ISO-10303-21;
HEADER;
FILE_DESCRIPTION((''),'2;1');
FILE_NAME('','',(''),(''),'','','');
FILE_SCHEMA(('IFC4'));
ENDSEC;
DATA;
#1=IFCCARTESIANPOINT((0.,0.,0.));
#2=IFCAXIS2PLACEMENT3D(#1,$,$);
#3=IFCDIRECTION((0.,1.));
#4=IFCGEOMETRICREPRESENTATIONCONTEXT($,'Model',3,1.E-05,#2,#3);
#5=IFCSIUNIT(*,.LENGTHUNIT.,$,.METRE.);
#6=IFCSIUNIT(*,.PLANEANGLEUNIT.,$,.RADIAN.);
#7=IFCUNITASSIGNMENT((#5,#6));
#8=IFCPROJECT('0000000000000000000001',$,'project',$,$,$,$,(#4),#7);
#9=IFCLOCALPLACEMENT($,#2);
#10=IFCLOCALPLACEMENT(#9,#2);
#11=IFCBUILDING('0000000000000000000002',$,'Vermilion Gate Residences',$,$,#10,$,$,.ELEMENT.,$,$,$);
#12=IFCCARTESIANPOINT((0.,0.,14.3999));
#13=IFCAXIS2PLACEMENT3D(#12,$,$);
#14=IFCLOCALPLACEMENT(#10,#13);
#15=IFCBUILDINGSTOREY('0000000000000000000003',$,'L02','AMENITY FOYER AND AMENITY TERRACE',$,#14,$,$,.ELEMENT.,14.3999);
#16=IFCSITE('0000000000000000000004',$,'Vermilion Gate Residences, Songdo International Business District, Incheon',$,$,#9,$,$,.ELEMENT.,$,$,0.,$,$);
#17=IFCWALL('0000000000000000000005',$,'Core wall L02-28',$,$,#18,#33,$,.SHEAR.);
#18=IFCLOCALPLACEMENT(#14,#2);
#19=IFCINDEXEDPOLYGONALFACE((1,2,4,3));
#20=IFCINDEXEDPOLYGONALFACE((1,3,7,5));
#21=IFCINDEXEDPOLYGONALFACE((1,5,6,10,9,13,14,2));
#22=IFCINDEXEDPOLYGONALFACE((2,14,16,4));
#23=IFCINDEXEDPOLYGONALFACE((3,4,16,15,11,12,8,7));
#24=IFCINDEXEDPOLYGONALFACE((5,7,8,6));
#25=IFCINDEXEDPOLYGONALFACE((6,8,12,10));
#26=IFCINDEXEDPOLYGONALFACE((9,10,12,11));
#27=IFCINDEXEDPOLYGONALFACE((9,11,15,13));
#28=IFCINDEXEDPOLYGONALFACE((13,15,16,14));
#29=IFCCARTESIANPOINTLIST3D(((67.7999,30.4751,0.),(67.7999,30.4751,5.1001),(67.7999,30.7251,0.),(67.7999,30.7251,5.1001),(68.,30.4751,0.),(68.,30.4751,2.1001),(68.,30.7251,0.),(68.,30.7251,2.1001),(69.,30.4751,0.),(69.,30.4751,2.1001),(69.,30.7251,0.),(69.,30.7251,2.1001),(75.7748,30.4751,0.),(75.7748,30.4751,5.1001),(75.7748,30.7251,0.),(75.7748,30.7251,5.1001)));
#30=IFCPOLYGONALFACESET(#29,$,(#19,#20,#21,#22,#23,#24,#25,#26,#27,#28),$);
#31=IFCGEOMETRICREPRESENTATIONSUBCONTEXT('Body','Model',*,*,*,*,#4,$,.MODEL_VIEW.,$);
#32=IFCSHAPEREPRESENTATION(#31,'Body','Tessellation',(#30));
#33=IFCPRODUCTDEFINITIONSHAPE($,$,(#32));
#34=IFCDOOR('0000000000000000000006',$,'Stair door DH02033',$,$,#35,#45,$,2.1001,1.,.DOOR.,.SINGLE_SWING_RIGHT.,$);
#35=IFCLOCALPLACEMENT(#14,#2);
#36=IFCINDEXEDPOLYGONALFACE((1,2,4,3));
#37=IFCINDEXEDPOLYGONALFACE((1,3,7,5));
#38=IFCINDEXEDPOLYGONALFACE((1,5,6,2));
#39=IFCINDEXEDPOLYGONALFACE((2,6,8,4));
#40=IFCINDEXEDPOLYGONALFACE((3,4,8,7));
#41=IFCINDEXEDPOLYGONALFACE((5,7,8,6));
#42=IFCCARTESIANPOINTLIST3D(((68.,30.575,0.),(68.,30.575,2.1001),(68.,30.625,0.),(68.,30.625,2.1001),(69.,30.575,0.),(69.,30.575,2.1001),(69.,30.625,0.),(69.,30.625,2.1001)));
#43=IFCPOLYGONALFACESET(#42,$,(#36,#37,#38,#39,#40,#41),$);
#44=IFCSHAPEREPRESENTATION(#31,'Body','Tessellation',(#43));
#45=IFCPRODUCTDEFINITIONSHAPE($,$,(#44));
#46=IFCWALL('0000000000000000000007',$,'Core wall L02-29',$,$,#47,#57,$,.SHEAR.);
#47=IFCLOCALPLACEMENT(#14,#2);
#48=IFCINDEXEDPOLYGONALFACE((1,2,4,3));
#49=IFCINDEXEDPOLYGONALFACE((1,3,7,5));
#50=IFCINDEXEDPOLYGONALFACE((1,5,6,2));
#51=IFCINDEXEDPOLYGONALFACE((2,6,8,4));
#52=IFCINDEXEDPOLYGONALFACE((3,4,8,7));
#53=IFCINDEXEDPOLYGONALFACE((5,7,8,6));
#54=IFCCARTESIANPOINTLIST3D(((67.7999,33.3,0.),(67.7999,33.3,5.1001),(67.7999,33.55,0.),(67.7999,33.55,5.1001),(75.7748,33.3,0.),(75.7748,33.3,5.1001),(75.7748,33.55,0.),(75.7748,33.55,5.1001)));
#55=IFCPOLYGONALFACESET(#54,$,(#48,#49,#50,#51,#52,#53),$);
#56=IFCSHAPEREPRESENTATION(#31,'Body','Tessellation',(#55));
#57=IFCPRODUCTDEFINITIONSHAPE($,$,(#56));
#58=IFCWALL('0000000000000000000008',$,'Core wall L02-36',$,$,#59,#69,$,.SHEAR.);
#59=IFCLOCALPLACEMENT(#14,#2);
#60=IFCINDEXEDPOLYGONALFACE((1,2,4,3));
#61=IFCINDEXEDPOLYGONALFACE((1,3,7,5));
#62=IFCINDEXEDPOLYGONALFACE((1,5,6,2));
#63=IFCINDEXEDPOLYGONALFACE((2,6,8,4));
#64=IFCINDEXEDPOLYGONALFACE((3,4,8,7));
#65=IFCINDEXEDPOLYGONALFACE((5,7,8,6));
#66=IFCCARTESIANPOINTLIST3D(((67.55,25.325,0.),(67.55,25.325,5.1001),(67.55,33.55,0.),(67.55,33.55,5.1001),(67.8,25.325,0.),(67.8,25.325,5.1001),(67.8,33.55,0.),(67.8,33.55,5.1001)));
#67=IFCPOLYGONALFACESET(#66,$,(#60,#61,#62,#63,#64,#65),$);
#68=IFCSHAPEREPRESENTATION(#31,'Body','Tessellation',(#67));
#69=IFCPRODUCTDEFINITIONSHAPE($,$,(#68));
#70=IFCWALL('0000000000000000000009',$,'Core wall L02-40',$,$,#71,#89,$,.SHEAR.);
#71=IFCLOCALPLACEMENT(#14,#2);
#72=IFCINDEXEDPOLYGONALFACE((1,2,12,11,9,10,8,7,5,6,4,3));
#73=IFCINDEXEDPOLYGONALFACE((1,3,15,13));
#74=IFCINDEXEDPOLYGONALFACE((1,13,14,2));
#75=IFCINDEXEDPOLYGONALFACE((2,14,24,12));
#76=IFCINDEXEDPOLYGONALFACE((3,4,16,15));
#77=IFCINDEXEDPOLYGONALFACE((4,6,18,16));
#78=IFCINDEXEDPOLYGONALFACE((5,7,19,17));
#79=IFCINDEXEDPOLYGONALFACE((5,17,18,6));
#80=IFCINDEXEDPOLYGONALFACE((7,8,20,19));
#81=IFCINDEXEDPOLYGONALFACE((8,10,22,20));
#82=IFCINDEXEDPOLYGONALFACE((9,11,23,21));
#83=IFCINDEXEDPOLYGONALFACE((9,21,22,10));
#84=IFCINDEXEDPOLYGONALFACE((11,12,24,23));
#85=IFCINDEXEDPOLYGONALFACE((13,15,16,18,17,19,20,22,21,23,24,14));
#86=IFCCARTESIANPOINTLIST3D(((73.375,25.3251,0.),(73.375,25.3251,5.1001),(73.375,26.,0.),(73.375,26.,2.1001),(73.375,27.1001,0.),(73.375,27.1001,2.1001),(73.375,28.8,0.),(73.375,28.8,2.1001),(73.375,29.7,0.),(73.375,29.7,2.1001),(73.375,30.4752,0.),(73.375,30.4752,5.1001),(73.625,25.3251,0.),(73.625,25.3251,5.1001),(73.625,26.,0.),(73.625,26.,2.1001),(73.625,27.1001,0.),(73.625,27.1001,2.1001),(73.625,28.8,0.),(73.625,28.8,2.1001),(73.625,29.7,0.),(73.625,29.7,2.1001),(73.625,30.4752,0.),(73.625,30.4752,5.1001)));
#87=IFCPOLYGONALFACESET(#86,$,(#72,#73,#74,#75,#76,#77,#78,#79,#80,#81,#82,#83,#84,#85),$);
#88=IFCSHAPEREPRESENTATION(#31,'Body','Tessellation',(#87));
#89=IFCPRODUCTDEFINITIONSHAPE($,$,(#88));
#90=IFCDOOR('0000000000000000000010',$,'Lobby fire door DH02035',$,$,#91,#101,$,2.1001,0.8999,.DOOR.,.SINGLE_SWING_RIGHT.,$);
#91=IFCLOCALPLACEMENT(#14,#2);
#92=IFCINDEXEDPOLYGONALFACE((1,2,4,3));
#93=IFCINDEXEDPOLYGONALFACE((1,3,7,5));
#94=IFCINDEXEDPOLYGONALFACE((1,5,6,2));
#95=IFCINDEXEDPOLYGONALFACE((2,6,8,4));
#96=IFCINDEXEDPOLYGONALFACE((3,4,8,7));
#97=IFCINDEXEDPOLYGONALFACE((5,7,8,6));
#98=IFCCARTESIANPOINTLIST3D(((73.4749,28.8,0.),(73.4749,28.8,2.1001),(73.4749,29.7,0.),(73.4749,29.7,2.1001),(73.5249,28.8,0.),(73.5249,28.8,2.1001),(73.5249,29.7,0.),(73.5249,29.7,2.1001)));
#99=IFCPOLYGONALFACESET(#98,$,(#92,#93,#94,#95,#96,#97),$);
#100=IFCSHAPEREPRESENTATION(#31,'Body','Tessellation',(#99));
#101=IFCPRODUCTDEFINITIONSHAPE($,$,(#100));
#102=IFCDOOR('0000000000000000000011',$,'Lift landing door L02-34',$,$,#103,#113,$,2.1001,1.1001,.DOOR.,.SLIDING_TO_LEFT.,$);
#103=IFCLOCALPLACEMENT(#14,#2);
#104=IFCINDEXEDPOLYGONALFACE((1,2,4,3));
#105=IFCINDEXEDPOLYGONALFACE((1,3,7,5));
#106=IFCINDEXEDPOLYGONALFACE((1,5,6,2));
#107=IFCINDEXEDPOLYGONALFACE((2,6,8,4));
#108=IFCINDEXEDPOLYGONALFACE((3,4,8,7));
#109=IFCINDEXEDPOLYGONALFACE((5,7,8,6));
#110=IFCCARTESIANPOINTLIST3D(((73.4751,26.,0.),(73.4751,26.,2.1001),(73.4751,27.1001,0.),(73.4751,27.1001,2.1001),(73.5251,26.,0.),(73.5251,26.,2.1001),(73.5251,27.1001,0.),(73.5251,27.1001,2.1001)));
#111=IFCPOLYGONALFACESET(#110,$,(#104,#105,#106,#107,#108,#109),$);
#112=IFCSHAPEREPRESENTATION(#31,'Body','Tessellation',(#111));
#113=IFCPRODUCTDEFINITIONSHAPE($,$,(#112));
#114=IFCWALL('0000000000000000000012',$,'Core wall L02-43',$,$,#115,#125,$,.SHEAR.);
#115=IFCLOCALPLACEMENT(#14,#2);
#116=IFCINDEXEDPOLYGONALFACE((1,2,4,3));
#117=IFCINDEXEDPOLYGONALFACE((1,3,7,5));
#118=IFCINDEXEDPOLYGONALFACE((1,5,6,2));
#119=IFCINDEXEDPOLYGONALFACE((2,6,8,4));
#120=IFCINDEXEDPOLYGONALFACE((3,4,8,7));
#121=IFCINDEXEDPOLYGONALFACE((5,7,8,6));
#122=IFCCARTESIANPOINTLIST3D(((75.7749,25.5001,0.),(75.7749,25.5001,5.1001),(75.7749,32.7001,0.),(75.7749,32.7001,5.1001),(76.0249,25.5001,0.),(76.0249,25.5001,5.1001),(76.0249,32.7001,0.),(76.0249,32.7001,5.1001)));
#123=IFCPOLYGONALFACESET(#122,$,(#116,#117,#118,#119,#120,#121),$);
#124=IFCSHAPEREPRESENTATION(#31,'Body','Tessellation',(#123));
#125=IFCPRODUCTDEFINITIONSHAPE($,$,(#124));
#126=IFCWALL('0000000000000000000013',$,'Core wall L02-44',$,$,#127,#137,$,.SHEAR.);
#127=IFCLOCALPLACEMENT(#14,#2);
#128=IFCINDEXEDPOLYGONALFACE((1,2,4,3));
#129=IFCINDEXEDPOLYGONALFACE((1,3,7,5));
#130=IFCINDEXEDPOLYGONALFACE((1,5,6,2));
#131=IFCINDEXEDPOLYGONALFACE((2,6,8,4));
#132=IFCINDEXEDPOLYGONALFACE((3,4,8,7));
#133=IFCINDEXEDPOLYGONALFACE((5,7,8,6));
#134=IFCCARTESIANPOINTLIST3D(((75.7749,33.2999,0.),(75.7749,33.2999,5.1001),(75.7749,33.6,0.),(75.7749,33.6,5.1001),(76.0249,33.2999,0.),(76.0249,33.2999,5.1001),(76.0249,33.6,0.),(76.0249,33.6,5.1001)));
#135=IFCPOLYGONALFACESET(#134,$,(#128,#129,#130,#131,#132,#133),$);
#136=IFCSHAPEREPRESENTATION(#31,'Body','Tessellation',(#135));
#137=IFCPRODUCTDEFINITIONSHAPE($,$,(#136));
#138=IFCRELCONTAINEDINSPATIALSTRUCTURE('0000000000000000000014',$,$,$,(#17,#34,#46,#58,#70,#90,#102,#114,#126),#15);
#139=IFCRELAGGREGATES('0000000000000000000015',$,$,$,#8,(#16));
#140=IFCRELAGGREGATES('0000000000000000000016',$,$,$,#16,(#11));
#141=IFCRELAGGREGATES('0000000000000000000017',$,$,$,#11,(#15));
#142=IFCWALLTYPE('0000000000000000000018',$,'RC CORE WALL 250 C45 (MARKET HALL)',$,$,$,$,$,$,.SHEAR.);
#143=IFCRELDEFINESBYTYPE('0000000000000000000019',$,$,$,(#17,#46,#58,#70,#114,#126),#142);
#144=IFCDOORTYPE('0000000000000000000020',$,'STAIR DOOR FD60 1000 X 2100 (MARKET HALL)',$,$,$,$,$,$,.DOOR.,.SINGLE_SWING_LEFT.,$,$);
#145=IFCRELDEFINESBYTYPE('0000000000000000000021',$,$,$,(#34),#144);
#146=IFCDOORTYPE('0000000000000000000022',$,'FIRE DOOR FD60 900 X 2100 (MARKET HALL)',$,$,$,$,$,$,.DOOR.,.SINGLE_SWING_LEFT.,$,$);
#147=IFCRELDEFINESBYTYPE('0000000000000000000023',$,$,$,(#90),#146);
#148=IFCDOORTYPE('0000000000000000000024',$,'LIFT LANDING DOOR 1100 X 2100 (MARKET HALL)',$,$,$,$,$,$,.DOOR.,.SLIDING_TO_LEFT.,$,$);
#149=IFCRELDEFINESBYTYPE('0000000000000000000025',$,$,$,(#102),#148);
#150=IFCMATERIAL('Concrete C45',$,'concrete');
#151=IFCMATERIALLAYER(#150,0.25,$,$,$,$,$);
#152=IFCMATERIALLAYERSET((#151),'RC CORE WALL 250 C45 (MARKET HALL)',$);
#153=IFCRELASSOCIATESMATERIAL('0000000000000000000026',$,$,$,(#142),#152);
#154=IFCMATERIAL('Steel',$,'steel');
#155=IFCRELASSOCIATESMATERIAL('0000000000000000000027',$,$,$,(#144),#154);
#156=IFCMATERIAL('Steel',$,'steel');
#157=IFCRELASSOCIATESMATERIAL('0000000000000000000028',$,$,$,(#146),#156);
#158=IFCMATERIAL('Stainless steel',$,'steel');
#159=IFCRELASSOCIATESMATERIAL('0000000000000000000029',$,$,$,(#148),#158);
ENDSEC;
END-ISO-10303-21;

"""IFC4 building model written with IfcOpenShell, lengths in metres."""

from ifc_helpers import new_model, si_unit, direction, frame, frame_2d, origin, place, context, subcontext, project, spatial, rectangle, extrude, material, layer, layer_set, type_object, element, fill, save


model = new_model("IFC4")

# Units and contexts
model_context = context("Model", 3, precision=1e-05, world=origin(), true_north=direction((0.0, 1.0)))
body_context = subcontext(model_context, "Body", "Model", "MODEL_VIEW")
ifc_project = project(units=[si_unit("LENGTHUNIT", "METRE"), si_unit("PLANEANGLEUNIT", "RADIAN")], contexts=[model_context])

# Site, building, storey
site_placement = place(None, origin())
site = spatial("IfcSite", under=ifc_project, at=site_placement, Name="Vermilion Gate Residences, Songdo International Business District, Incheon", CompositionType="ELEMENT", RefElevation=0.0)
building_placement = place(site_placement, origin())
building = spatial("IfcBuilding", under=site, at=building_placement, Name="Vermilion Gate Residences", CompositionType="ELEMENT")
storey_placement = place(building_placement, frame((0.0, 0.0, 14.3999)))
storey = spatial("IfcBuildingStorey", under=building, at=storey_placement, Name="L02", Description="AMENITY FOYER AND AMENITY TERRACE", CompositionType="ELEMENT", Elevation=14.3999)

# Shared definitions
ifc_material_1 = material(Name="Concrete C45", Category="concrete")
ifc_layer_1 = layer(ifc_material_1, 0.25)
ifc_layer_set_1 = layer_set([ifc_layer_1], Name="RC CORE WALL 250 C45 (MARKET HALL)")
wall_type_1 = type_object("IfcWallType", Name="RC CORE WALL 250 C45 (MARKET HALL)", PredefinedType="SHEAR", material=ifc_layer_set_1)

# Wall, opening, door
wall_1_placement = place(storey_placement, frame((67.8, 30.6001, 0.0), z_axis=(0.0, 0.0, 1.0), x_axis=(1.0, 0.0, 0.0)))
wall_1 = element("IfcWall", 1, at=wall_1_placement, inside=storey, type_object=wall_type_1, Name="Core wall L02-28", PredefinedType="SHEAR", context=body_context, shape_type="SweptSolid", body=[
    extrude(rectangle(XDim=7.9749, YDim=0.25, at=frame_2d((3.9873, 0.0))), origin(), (0.0, 0.0, 1.0), 5.1001),
])
opening_1_placement = place(wall_1_placement, frame((0.2, 0.0, 0.0)))
opening_1 = element("IfcOpeningElement", 2, at=opening_1_placement, cuts=wall_1, PredefinedType="OPENING", context=body_context, shape_type="SweptSolid", body=[
    extrude(rectangle(XDim=1.0, YDim=2.1001, at=frame_2d((0.5, 1.05))), frame((0.0, 0.135, 0.0), z_axis=(0.0, -1.0, 0.0), x_axis=(1.0, 0.0, 0.0)), (0.0, 0.0, 1.0), 0.27),
])
ifc_material_2 = material(Name="Steel", Category="steel")
door_type_1 = type_object("IfcDoorType", Name="STAIR DOOR FD60 1000 X 2100 (MARKET HALL)", OperationType="SINGLE_SWING_LEFT", PredefinedType="DOOR", material=ifc_material_2)
door_1_placement = place(opening_1_placement, origin())
door_1 = element("IfcDoor", 3, at=door_1_placement, inside=storey, type_object=door_type_1, Name="Stair door DH02033", OperationType="SINGLE_SWING_RIGHT", OverallHeight=2.1001, OverallWidth=1.0, PredefinedType="DOOR", context=body_context, shape_type="SweptSolid", body=[
    extrude(rectangle(XDim=1.0, YDim=2.1001, at=frame_2d((0.5, 1.05))), frame((0.0, 0.0249, 0.0), z_axis=(0.0, -1.0, 0.0), x_axis=(1.0, 0.0, 0.0)), (0.0, 0.0, 1.0), 0.05),
])
fill(opening_1, door_1)

# Walls
wall_2_placement = place(storey_placement, frame((67.8, 33.425, 0.0), z_axis=(0.0, 0.0, 1.0), x_axis=(1.0, 0.0, 0.0)))
element("IfcWall", 4, at=wall_2_placement, inside=storey, type_object=wall_type_1, Name="Core wall L02-29", PredefinedType="SHEAR", context=body_context, shape_type="SweptSolid", body=[
    extrude(rectangle(XDim=7.9749, YDim=0.25, at=frame_2d((3.9873, 0.0))), origin(), (0.0, 0.0, 1.0), 5.1001),
])
wall_3_placement = place(storey_placement, frame((67.675, 25.325, 0.0), z_axis=(0.0, 0.0, 1.0), x_axis=(0.0, 1.0, 0.0)))
element("IfcWall", 5, at=wall_3_placement, inside=storey, type_object=wall_type_1, Name="Core wall L02-36", PredefinedType="SHEAR", context=body_context, shape_type="SweptSolid", body=[
    extrude(rectangle(XDim=8.2251, YDim=0.25, at=frame_2d((4.1125, 0.0))), origin(), (0.0, 0.0, 1.0), 5.1001),
])

# Wall, openings, doors
wall_4_placement = place(storey_placement, frame((73.5, 25.325, 0.0), z_axis=(0.0, 0.0, 1.0), x_axis=(0.0, 1.0, 0.0)))
wall_4 = element("IfcWall", 6, at=wall_4_placement, inside=storey, type_object=wall_type_1, Name="Core wall L02-40", PredefinedType="SHEAR", context=body_context, shape_type="SweptSolid", body=[
    extrude(rectangle(XDim=5.1501, YDim=0.25, at=frame_2d((2.5752, 0.0))), origin(), (0.0, 0.0, 1.0), 5.1001),
])
opening_2_placement = place(wall_4_placement, frame((0.675, 0.0, 0.0)))
opening_2 = element("IfcOpeningElement", 7, at=opening_2_placement, cuts=wall_4, PredefinedType="OPENING", context=body_context, shape_type="SweptSolid", body=[
    extrude(rectangle(XDim=1.1001, YDim=2.1001, at=frame_2d((0.55, 1.05))), frame((0.0, 0.135, 0.0), z_axis=(0.0, -1.0, 0.0), x_axis=(1.0, 0.0, 0.0)), (0.0, 0.0, 1.0), 0.27),
])
opening_3_placement = place(wall_4_placement, frame((3.4751, 0.0, 0.0)))
opening_3 = element("IfcOpeningElement", 8, at=opening_3_placement, cuts=wall_4, PredefinedType="OPENING", context=body_context, shape_type="SweptSolid", body=[
    extrude(rectangle(XDim=0.8999, YDim=2.1001, at=frame_2d((0.45, 1.05))), frame((0.0, 0.135, 0.0), z_axis=(0.0, -1.0, 0.0), x_axis=(1.0, 0.0, 0.0)), (0.0, 0.0, 1.0), 0.27),
])
ifc_material_3 = material(Name="Steel", Category="steel")
door_type_2 = type_object("IfcDoorType", Name="FIRE DOOR FD60 900 X 2100 (MARKET HALL)", OperationType="SINGLE_SWING_LEFT", PredefinedType="DOOR", material=ifc_material_3)
door_2_placement = place(opening_3_placement, frame((0.8999, 0.0, 0.0), z_axis=(0.0, 0.0, 1.0), x_axis=(-1.0, 0.0, 0.0)))
door_2 = element("IfcDoor", 9, at=door_2_placement, inside=storey, type_object=door_type_2, Name="Lobby fire door DH02035", OperationType="SINGLE_SWING_RIGHT", OverallHeight=2.1001, OverallWidth=0.8999, PredefinedType="DOOR", context=body_context, shape_type="SweptSolid", body=[
    extrude(rectangle(XDim=0.8999, YDim=2.1001, at=frame_2d((0.45, 1.05))), frame((0.0, 0.0249, 0.0), z_axis=(0.0, -1.0, 0.0), x_axis=(1.0, 0.0, 0.0)), (0.0, 0.0, 1.0), 0.05),
])
fill(opening_3, door_2)
ifc_material_4 = material(Name="Stainless steel", Category="steel")
door_type_3 = type_object("IfcDoorType", Name="LIFT LANDING DOOR 1100 X 2100 (MARKET HALL)", OperationType="SLIDING_TO_LEFT", PredefinedType="DOOR", material=ifc_material_4)
door_3_placement = place(opening_2_placement, origin())
door_3 = element("IfcDoor", 10, at=door_3_placement, inside=storey, type_object=door_type_3, Name="Lift landing door L02-34", OperationType="SLIDING_TO_LEFT", OverallHeight=2.1001, OverallWidth=1.1001, PredefinedType="DOOR", context=body_context, shape_type="SweptSolid", body=[
    extrude(rectangle(XDim=1.1001, YDim=2.1001, at=frame_2d((0.55, 1.05))), frame((0.0, 0.0249, 0.0), z_axis=(0.0, -1.0, 0.0), x_axis=(1.0, 0.0, 0.0)), (0.0, 0.0, 1.0), 0.05),
])
fill(opening_2, door_3)

# Walls
wall_5_placement = place(storey_placement, frame((75.8999, 25.5, 0.0), z_axis=(0.0, 0.0, 1.0), x_axis=(0.0, 1.0, 0.0)))
element("IfcWall", 11, at=wall_5_placement, inside=storey, type_object=wall_type_1, Name="Core wall L02-43", PredefinedType="SHEAR", context=body_context, shape_type="SweptSolid", body=[
    extrude(rectangle(XDim=7.2, YDim=0.25, at=frame_2d((3.6001, 0.0))), origin(), (0.0, 0.0, 1.0), 5.1001),
])
wall_6_placement = place(storey_placement, frame((75.8999, 33.3, 0.0), z_axis=(0.0, 0.0, 1.0), x_axis=(0.0, 1.0, 0.0)))
element("IfcWall", 12, at=wall_6_placement, inside=storey, type_object=wall_type_1, Name="Core wall L02-44", PredefinedType="SHEAR", context=body_context, shape_type="SweptSolid", body=[
    extrude(rectangle(XDim=0.3, YDim=0.25, at=frame_2d((0.1499, 0.0))), origin(), (0.0, 0.0, 1.0), 5.1001),
])

save(model, "model.ifc")
